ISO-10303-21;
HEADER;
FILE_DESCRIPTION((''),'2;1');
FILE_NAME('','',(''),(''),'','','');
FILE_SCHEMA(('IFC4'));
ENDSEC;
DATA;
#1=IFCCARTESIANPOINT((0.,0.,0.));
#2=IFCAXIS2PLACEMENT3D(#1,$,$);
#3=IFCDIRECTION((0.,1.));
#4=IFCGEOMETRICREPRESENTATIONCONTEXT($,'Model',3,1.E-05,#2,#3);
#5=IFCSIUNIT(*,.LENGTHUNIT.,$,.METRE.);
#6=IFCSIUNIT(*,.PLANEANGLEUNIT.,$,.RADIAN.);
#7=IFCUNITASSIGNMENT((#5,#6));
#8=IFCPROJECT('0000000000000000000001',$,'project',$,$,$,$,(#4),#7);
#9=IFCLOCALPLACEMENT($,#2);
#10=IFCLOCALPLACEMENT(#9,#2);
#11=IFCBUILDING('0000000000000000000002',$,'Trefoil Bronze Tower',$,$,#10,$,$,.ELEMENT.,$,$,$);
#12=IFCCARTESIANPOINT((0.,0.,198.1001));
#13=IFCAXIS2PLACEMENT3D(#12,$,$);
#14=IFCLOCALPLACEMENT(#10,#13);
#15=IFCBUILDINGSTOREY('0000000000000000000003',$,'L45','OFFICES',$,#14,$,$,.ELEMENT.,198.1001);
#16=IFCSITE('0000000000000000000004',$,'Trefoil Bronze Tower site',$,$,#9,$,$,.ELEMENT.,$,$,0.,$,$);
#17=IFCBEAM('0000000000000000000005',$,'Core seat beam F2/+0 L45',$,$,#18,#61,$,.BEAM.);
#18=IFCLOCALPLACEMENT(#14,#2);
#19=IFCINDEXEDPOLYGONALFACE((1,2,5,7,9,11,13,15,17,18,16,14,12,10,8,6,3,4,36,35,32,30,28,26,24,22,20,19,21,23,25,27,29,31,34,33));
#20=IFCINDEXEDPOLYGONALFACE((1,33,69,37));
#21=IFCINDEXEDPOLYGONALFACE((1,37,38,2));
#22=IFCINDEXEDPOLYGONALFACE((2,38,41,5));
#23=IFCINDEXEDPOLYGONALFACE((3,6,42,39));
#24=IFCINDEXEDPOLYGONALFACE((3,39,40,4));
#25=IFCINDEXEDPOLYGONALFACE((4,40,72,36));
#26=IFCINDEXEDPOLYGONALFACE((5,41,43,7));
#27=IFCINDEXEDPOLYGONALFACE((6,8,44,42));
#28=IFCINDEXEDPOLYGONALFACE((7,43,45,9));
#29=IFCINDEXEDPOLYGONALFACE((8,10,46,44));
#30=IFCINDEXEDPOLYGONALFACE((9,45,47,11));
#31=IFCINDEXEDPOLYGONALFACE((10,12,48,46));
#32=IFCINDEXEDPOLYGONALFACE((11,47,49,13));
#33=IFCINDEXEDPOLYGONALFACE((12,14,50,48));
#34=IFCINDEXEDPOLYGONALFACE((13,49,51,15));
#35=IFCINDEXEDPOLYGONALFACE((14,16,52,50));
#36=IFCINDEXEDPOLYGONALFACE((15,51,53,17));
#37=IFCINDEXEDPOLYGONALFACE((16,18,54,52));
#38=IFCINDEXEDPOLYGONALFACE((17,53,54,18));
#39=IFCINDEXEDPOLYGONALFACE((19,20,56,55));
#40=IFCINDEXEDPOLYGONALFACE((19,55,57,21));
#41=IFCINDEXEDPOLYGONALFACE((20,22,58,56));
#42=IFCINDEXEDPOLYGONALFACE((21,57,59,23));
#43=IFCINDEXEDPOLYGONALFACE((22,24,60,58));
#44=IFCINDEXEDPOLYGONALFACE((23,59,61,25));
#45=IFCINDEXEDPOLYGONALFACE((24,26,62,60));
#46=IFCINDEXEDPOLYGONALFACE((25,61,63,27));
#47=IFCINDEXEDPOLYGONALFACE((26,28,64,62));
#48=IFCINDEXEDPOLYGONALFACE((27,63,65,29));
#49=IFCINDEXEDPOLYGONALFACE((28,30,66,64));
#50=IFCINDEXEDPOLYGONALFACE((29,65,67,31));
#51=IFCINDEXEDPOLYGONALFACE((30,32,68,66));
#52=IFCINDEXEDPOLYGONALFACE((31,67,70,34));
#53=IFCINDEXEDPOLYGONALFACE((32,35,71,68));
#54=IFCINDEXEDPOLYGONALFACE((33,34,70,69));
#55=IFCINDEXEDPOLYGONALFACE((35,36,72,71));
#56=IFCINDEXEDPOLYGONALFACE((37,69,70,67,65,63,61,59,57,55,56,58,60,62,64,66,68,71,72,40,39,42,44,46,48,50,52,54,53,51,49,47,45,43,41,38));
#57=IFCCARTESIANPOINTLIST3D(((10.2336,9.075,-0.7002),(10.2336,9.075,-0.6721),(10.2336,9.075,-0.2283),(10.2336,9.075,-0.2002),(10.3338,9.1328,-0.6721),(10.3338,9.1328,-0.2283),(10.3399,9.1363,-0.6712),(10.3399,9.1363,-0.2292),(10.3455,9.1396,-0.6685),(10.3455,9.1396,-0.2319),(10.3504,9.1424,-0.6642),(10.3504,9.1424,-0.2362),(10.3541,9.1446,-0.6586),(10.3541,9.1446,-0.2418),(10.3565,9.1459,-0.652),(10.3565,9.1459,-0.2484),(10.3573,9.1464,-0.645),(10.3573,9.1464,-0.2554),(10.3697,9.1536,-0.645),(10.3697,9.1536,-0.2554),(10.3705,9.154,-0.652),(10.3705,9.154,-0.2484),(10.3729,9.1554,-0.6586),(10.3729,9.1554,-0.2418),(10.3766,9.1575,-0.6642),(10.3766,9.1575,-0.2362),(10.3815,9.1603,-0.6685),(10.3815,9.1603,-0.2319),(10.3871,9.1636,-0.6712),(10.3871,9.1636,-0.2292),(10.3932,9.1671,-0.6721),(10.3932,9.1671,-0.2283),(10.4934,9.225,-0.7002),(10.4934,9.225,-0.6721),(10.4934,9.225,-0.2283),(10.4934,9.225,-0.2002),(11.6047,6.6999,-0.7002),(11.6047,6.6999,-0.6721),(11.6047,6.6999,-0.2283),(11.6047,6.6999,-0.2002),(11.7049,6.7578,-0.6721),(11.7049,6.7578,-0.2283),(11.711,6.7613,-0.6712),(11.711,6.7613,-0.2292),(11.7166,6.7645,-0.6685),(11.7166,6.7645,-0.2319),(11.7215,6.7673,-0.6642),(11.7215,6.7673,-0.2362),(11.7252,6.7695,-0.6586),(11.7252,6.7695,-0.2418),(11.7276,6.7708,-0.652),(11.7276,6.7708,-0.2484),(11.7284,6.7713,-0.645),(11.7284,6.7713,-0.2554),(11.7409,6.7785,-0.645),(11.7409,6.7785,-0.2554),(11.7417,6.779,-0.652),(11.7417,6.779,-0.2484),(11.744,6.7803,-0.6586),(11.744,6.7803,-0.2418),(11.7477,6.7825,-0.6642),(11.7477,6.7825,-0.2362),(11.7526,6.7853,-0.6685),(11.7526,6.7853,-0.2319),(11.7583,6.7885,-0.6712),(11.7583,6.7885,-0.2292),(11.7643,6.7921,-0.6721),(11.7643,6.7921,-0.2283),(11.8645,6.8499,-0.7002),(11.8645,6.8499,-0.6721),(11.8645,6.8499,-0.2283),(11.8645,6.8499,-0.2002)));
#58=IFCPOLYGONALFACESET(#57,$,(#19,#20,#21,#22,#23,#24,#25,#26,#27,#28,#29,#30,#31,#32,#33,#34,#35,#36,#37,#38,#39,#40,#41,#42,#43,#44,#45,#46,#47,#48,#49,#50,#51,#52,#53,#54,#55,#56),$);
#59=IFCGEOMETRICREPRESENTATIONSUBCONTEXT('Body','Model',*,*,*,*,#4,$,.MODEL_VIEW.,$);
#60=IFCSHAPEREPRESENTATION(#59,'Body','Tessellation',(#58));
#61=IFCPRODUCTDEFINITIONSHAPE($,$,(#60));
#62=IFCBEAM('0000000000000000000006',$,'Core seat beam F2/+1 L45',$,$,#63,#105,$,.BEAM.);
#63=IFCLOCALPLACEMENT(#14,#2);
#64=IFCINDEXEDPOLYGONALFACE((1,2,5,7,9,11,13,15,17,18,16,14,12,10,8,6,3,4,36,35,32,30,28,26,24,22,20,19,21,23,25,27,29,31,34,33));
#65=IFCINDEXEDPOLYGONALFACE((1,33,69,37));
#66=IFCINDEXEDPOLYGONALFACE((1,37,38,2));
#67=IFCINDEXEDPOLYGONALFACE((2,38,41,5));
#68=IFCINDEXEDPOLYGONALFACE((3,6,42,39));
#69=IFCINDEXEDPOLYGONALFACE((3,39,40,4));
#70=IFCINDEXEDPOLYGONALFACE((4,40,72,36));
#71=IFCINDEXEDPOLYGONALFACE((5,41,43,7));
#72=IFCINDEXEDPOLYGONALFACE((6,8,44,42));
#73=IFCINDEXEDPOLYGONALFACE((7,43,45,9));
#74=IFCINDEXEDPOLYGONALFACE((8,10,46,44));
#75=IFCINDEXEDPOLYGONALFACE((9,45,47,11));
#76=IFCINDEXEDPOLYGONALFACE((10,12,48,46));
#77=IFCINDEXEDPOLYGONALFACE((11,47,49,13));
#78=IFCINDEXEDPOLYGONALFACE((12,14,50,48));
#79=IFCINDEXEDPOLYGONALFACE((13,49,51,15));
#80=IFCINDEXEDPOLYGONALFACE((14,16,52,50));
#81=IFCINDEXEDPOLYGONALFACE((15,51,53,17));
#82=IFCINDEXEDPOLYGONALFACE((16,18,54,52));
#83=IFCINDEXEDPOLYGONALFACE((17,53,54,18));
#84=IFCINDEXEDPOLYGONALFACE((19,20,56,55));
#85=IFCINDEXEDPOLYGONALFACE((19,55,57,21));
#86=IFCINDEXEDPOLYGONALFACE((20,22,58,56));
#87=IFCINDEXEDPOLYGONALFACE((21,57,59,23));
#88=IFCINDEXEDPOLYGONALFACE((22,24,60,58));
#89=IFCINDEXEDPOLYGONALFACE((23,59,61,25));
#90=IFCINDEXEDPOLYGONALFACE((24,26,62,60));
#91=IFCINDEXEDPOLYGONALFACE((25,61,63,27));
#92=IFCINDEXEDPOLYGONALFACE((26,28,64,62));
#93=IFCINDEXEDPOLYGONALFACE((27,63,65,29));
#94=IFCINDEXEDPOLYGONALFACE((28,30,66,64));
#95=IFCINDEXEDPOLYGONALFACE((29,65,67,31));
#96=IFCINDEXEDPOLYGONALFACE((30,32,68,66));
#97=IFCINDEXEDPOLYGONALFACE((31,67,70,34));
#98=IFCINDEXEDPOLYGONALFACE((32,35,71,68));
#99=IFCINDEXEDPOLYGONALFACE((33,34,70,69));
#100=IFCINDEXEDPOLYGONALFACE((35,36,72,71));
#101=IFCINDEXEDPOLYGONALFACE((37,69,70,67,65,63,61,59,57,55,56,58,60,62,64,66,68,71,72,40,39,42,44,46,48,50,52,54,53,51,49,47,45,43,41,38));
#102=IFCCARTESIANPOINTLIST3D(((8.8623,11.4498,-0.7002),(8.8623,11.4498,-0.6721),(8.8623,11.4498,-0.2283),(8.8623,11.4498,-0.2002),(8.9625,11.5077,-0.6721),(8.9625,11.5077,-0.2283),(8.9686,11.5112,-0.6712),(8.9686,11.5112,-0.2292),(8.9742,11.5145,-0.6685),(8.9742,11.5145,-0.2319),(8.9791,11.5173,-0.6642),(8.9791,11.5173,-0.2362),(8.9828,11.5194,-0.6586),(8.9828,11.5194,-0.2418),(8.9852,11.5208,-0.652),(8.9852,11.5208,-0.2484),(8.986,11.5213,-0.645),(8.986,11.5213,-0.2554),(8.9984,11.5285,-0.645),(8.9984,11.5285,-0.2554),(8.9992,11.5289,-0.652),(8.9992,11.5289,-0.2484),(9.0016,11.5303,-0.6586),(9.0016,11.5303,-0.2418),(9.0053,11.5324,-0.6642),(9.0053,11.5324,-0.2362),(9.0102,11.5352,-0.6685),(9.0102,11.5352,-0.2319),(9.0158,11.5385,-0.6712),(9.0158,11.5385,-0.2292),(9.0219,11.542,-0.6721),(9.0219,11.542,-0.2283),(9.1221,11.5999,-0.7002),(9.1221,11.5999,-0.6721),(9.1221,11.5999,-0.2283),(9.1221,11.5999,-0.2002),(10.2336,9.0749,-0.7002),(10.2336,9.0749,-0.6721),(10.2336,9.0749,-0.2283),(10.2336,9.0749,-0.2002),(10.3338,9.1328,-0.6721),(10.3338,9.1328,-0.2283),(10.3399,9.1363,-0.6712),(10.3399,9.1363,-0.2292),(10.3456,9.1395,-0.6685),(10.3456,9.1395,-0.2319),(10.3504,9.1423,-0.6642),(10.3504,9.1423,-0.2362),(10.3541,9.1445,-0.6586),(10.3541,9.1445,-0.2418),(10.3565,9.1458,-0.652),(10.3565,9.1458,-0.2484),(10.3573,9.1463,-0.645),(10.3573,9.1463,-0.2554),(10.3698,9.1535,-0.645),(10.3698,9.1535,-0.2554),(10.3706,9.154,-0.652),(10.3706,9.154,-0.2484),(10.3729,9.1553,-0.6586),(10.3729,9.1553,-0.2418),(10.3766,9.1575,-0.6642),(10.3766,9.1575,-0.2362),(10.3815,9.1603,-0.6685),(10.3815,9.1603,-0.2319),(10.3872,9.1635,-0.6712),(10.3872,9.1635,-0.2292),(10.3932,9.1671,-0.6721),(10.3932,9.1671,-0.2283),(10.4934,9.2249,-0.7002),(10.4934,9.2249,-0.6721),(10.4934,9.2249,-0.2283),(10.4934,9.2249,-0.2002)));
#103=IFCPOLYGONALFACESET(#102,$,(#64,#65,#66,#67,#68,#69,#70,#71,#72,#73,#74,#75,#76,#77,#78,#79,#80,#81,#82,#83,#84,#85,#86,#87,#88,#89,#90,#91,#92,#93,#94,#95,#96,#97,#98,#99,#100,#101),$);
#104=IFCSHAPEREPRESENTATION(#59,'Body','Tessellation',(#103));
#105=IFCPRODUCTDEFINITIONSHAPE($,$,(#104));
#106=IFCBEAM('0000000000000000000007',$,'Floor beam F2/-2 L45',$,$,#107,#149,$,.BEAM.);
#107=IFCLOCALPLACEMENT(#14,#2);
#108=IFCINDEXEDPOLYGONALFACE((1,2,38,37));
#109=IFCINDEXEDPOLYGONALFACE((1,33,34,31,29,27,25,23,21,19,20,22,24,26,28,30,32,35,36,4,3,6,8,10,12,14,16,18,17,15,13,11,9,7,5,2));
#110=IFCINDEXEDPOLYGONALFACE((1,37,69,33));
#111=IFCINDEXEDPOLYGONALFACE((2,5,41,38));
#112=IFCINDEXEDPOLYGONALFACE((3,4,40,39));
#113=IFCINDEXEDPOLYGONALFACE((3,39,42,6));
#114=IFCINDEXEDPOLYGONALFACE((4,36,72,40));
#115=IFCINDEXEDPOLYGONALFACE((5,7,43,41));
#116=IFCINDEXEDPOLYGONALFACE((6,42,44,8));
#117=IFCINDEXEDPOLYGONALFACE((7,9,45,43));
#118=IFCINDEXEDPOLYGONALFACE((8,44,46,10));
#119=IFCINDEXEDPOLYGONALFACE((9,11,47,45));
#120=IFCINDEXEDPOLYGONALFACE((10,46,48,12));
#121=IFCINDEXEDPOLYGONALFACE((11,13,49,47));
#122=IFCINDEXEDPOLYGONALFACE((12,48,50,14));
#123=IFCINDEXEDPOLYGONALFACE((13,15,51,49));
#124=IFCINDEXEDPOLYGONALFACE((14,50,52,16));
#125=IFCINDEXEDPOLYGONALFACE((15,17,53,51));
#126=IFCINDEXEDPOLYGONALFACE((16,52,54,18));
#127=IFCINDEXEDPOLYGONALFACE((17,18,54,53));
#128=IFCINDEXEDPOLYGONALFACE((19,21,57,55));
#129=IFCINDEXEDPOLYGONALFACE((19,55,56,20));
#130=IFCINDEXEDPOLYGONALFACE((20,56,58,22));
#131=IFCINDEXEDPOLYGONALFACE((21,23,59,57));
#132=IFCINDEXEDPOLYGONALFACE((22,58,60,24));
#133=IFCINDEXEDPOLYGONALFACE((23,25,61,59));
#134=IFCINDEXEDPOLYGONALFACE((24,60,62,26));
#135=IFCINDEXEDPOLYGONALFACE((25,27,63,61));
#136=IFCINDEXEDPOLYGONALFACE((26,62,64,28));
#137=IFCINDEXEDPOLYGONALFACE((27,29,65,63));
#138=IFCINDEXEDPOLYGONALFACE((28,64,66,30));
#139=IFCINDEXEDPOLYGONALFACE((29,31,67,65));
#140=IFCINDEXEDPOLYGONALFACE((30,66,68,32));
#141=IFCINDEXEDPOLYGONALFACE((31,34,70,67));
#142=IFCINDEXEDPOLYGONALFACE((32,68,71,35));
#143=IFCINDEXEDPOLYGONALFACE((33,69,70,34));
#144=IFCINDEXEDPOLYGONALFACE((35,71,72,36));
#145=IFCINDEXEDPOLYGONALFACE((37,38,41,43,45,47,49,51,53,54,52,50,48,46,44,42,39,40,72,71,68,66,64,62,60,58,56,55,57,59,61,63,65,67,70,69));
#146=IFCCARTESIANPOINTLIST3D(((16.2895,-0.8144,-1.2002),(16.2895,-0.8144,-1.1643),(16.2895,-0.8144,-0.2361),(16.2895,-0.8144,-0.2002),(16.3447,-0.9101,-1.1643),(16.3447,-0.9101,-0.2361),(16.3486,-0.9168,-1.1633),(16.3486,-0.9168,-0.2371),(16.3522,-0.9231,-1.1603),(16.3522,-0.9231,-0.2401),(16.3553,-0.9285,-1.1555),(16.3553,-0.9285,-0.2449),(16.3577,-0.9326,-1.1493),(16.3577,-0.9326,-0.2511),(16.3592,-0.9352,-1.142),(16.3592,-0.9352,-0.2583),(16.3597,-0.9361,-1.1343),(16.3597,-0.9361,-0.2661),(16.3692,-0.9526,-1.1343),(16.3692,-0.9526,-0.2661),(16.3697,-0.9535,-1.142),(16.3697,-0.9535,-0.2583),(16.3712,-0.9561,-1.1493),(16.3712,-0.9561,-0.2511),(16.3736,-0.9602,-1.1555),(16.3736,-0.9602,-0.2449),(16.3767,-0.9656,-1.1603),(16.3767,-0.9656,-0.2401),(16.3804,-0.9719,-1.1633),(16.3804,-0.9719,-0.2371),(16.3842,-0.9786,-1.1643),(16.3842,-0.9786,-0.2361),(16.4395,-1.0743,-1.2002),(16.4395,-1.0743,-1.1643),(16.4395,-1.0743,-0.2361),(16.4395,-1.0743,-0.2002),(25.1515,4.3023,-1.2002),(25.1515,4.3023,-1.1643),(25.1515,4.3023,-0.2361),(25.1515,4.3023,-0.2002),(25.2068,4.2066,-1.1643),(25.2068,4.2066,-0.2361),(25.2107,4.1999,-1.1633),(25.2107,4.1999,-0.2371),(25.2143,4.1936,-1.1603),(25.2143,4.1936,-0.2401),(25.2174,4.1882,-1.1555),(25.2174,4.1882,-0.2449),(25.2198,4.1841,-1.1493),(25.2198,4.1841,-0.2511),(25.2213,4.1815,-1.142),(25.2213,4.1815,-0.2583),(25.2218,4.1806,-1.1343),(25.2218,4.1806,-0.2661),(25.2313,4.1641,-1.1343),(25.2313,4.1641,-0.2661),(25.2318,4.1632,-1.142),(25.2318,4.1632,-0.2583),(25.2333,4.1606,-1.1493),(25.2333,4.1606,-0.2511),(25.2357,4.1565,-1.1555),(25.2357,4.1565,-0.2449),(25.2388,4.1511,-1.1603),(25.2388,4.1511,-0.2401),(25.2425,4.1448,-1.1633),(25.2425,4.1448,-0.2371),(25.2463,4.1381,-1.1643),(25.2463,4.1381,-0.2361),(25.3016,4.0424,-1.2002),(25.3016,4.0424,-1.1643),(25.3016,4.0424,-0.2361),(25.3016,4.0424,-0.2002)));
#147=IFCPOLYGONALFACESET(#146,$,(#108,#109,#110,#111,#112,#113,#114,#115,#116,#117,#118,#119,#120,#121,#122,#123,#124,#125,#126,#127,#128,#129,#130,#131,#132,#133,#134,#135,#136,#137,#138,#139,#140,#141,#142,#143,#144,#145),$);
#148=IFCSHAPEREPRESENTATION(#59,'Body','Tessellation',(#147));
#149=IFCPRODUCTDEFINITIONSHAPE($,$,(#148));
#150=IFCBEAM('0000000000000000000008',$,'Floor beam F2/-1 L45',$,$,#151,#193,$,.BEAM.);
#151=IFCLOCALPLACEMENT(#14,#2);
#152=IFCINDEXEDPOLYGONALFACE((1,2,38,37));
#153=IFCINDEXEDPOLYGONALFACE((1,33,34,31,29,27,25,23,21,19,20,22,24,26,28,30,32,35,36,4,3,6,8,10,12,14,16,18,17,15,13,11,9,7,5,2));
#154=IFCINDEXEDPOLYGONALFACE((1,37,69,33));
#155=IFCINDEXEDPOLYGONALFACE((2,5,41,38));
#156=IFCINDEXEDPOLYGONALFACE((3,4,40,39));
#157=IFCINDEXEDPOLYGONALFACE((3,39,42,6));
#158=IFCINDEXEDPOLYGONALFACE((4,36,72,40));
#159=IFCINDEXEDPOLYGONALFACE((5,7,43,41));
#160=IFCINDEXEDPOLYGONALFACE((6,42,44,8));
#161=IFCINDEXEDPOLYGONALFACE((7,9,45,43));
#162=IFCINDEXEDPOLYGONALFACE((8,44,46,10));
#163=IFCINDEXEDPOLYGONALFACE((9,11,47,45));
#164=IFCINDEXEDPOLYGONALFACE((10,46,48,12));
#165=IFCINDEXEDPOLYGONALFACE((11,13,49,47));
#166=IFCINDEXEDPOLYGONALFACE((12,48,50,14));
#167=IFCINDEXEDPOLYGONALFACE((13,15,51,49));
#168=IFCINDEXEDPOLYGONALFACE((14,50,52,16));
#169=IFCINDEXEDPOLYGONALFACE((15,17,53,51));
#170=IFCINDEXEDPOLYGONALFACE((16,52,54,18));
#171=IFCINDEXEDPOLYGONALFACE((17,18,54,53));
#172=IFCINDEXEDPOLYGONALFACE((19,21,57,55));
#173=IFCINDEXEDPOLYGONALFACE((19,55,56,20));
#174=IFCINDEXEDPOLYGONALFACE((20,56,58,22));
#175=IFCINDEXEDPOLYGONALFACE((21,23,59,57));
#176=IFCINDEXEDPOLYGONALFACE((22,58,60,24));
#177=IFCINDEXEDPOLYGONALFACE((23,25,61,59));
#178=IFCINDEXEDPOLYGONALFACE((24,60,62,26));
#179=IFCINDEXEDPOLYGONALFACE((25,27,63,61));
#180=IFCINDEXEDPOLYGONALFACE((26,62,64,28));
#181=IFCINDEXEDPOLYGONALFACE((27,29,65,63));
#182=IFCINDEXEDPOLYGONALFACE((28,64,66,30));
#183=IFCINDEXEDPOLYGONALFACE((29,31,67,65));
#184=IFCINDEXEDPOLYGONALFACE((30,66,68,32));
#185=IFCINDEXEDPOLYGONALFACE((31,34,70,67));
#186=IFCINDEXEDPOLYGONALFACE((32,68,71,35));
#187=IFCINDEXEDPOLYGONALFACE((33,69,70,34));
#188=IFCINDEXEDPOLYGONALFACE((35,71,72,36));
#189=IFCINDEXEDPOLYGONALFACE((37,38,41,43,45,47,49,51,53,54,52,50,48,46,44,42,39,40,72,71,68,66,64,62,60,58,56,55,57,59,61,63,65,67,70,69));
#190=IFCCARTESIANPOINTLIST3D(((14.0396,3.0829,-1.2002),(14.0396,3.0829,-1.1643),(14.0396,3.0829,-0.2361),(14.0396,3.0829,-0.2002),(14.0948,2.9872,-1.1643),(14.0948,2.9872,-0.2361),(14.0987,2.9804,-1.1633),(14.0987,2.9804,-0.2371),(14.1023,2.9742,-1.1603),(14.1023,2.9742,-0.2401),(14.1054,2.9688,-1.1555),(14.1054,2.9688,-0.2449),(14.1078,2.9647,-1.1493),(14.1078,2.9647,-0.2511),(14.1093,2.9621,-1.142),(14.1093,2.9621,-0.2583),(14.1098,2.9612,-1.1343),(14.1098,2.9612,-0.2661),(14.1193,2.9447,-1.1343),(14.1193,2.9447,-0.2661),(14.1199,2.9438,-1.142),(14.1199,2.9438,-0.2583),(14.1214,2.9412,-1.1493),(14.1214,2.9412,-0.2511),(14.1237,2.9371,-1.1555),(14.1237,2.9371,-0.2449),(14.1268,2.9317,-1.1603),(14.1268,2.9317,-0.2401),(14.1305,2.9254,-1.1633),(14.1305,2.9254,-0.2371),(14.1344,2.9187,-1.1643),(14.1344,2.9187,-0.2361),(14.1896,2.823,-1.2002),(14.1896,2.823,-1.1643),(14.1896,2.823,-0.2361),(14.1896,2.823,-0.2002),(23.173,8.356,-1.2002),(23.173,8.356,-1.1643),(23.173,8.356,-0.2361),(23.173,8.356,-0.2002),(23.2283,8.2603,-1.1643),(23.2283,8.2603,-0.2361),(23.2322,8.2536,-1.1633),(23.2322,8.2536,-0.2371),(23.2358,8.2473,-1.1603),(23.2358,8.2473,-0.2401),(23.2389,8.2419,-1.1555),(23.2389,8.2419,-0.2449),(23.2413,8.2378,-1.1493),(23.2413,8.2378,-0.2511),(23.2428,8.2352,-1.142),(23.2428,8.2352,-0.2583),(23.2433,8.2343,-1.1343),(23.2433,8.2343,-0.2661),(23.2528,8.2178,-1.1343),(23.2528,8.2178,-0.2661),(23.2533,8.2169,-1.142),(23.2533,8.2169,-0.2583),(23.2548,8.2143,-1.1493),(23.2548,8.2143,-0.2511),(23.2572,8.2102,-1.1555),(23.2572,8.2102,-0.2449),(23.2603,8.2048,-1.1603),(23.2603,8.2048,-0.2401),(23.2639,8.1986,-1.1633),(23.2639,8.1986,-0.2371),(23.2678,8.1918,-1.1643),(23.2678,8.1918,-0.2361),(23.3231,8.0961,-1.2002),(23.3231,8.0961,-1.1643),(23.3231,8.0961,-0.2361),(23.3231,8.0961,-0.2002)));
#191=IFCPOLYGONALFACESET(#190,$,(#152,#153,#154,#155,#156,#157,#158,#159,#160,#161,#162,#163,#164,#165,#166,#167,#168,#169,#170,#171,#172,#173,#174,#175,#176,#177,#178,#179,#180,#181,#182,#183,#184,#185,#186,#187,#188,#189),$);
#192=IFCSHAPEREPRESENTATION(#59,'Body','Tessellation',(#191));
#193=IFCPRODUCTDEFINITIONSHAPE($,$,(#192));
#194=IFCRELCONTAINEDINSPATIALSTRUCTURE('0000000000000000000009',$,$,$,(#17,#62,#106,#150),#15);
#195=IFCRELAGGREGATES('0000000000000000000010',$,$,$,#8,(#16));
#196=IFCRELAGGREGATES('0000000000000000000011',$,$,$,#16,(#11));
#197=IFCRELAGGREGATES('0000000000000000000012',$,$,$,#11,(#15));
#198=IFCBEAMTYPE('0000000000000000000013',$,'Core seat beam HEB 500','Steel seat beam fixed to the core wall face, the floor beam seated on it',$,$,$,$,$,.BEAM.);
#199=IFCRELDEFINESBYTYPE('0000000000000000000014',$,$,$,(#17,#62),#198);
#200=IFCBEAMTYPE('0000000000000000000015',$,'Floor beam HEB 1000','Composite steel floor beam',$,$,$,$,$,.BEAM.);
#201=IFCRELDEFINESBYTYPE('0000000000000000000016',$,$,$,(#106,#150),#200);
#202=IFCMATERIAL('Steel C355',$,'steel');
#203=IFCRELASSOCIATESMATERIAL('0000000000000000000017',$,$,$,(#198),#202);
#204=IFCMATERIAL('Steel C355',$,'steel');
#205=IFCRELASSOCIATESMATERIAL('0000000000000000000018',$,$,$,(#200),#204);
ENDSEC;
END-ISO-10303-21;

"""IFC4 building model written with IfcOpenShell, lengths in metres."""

from ifc_helpers import new_model, si_unit, direction, frame, origin, origin_2d, place, context, subcontext, project, spatial, i_section, extrude, material, material_profile, profile_set, type_object, element, save


model = new_model("IFC4")

# Units and contexts
model_context = context("Model", 3, precision=1e-05, world=origin(), true_north=direction((0.0, 1.0)))
body_context = subcontext(model_context, "Body", "Model", "MODEL_VIEW")
ifc_project = project(units=[si_unit("LENGTHUNIT", "METRE"), si_unit("PLANEANGLEUNIT", "RADIAN")], contexts=[model_context])

# Site, building, storey
site_placement = place(None, origin())
site = spatial("IfcSite", under=ifc_project, at=site_placement, Name="Trefoil Bronze Tower site", CompositionType="ELEMENT", RefElevation=0.0)
building_placement = place(site_placement, origin())
building = spatial("IfcBuilding", under=site, at=building_placement, Name="Trefoil Bronze Tower", CompositionType="ELEMENT")
storey_placement = place(building_placement, frame((0.0, 0.0, 198.1001)))
storey = spatial("IfcBuildingStorey", under=building, at=storey_placement, Name="L45", Description="OFFICES", CompositionType="ELEMENT", Elevation=198.1001)

# Beams
ifc_material_1 = material(Name="Steel C355", Category="steel")
ifc_material_profile_1 = material_profile(ifc_material_1, i_section(OverallWidth=0.3, OverallDepth=0.5, WebThickness=0.0144, FlangeThickness=0.0281, FilletRadius=0.0271, at=origin_2d()), Name="HEB 500")
ifc_profile_set_1 = profile_set([ifc_material_profile_1], Name="Steel C355")
beam_type_1 = type_object("IfcBeamType", Name="Core seat beam HEB 500", Description="Steel seat beam fixed to the core wall face, the floor beam seated on it", PredefinedType="BEAM", material=ifc_profile_set_1)
for number, where, z_axis, x_axis, name in (
    (1, (11.7346, 6.7749, -0.4502), (-0.499969, 0.866043, 0.0), (-0.866043, -0.499969, 0.0), "Core seat beam F2/+0 L45"),
    (2, (10.3635, 9.1499, -0.4502), (-0.500036, 0.866005, 0.0), (-0.866005, -0.500036, 0.0), "Core seat beam F2/+1 L45"),
):
    element("IfcBeam", number, at=place(storey_placement, frame(where, z_axis=z_axis, x_axis=x_axis)), inside=storey, type_object=beam_type_1, Name=name, PredefinedType="BEAM", context=body_context, shape_type="SweptSolid", body=[
        extrude(i_section(OverallWidth=0.3, OverallDepth=0.5, WebThickness=0.0144, FlangeThickness=0.0281, FilletRadius=0.0271, at=origin_2d()), origin(), (0.0, 0.0, 1.0), 2.7424),
    ])
ifc_material_2 = material(Name="Steel C355", Category="steel")
ifc_material_profile_2 = material_profile(ifc_material_2, i_section(OverallWidth=0.3, OverallDepth=1.0, WebThickness=0.019, FlangeThickness=0.0359, FilletRadius=0.03, at=origin_2d()), Name="HEB 1000")
ifc_profile_set_2 = profile_set([ifc_material_profile_2], Name="Steel C355")
beam_type_2 = type_object("IfcBeamType", Name="Floor beam HEB 1000", Description="Composite steel floor beam", PredefinedType="BEAM", material=ifc_profile_set_2)
beam_1_placement = place(storey_placement, frame((25.2266, 4.1724, -0.7002), z_axis=(-0.866018, -0.500014, 0.0), x_axis=(0.500014, -0.866018, 0.0)))
element("IfcBeam", 3, at=beam_1_placement, inside=storey, type_object=beam_type_2, Name="Floor beam F2/-2 L45", PredefinedType="BEAM", context=body_context, shape_type="SweptSolid", body=[
    extrude(i_section(OverallWidth=0.3, OverallDepth=1.0, WebThickness=0.019, FlangeThickness=0.0359, FilletRadius=0.03, at=origin_2d()), origin(), (0.0, 0.0, 1.0), 10.2332),
])
beam_2_placement = place(storey_placement, frame((23.248, 8.2261, -0.7002), z_axis=(-0.866028, -0.499996, 0.0), x_axis=(0.499996, -0.866028, 0.0)))
element("IfcBeam", 4, at=beam_2_placement, inside=storey, type_object=beam_type_2, Name="Floor beam F2/-1 L45", PredefinedType="BEAM", context=body_context, shape_type="SweptSolid", body=[
    extrude(i_section(OverallWidth=0.3, OverallDepth=1.0, WebThickness=0.019, FlangeThickness=0.0359, FilletRadius=0.03, at=origin_2d()), origin(), (0.0, 0.0, 1.0), 10.5464),
])

save(model, "model.ifc")
